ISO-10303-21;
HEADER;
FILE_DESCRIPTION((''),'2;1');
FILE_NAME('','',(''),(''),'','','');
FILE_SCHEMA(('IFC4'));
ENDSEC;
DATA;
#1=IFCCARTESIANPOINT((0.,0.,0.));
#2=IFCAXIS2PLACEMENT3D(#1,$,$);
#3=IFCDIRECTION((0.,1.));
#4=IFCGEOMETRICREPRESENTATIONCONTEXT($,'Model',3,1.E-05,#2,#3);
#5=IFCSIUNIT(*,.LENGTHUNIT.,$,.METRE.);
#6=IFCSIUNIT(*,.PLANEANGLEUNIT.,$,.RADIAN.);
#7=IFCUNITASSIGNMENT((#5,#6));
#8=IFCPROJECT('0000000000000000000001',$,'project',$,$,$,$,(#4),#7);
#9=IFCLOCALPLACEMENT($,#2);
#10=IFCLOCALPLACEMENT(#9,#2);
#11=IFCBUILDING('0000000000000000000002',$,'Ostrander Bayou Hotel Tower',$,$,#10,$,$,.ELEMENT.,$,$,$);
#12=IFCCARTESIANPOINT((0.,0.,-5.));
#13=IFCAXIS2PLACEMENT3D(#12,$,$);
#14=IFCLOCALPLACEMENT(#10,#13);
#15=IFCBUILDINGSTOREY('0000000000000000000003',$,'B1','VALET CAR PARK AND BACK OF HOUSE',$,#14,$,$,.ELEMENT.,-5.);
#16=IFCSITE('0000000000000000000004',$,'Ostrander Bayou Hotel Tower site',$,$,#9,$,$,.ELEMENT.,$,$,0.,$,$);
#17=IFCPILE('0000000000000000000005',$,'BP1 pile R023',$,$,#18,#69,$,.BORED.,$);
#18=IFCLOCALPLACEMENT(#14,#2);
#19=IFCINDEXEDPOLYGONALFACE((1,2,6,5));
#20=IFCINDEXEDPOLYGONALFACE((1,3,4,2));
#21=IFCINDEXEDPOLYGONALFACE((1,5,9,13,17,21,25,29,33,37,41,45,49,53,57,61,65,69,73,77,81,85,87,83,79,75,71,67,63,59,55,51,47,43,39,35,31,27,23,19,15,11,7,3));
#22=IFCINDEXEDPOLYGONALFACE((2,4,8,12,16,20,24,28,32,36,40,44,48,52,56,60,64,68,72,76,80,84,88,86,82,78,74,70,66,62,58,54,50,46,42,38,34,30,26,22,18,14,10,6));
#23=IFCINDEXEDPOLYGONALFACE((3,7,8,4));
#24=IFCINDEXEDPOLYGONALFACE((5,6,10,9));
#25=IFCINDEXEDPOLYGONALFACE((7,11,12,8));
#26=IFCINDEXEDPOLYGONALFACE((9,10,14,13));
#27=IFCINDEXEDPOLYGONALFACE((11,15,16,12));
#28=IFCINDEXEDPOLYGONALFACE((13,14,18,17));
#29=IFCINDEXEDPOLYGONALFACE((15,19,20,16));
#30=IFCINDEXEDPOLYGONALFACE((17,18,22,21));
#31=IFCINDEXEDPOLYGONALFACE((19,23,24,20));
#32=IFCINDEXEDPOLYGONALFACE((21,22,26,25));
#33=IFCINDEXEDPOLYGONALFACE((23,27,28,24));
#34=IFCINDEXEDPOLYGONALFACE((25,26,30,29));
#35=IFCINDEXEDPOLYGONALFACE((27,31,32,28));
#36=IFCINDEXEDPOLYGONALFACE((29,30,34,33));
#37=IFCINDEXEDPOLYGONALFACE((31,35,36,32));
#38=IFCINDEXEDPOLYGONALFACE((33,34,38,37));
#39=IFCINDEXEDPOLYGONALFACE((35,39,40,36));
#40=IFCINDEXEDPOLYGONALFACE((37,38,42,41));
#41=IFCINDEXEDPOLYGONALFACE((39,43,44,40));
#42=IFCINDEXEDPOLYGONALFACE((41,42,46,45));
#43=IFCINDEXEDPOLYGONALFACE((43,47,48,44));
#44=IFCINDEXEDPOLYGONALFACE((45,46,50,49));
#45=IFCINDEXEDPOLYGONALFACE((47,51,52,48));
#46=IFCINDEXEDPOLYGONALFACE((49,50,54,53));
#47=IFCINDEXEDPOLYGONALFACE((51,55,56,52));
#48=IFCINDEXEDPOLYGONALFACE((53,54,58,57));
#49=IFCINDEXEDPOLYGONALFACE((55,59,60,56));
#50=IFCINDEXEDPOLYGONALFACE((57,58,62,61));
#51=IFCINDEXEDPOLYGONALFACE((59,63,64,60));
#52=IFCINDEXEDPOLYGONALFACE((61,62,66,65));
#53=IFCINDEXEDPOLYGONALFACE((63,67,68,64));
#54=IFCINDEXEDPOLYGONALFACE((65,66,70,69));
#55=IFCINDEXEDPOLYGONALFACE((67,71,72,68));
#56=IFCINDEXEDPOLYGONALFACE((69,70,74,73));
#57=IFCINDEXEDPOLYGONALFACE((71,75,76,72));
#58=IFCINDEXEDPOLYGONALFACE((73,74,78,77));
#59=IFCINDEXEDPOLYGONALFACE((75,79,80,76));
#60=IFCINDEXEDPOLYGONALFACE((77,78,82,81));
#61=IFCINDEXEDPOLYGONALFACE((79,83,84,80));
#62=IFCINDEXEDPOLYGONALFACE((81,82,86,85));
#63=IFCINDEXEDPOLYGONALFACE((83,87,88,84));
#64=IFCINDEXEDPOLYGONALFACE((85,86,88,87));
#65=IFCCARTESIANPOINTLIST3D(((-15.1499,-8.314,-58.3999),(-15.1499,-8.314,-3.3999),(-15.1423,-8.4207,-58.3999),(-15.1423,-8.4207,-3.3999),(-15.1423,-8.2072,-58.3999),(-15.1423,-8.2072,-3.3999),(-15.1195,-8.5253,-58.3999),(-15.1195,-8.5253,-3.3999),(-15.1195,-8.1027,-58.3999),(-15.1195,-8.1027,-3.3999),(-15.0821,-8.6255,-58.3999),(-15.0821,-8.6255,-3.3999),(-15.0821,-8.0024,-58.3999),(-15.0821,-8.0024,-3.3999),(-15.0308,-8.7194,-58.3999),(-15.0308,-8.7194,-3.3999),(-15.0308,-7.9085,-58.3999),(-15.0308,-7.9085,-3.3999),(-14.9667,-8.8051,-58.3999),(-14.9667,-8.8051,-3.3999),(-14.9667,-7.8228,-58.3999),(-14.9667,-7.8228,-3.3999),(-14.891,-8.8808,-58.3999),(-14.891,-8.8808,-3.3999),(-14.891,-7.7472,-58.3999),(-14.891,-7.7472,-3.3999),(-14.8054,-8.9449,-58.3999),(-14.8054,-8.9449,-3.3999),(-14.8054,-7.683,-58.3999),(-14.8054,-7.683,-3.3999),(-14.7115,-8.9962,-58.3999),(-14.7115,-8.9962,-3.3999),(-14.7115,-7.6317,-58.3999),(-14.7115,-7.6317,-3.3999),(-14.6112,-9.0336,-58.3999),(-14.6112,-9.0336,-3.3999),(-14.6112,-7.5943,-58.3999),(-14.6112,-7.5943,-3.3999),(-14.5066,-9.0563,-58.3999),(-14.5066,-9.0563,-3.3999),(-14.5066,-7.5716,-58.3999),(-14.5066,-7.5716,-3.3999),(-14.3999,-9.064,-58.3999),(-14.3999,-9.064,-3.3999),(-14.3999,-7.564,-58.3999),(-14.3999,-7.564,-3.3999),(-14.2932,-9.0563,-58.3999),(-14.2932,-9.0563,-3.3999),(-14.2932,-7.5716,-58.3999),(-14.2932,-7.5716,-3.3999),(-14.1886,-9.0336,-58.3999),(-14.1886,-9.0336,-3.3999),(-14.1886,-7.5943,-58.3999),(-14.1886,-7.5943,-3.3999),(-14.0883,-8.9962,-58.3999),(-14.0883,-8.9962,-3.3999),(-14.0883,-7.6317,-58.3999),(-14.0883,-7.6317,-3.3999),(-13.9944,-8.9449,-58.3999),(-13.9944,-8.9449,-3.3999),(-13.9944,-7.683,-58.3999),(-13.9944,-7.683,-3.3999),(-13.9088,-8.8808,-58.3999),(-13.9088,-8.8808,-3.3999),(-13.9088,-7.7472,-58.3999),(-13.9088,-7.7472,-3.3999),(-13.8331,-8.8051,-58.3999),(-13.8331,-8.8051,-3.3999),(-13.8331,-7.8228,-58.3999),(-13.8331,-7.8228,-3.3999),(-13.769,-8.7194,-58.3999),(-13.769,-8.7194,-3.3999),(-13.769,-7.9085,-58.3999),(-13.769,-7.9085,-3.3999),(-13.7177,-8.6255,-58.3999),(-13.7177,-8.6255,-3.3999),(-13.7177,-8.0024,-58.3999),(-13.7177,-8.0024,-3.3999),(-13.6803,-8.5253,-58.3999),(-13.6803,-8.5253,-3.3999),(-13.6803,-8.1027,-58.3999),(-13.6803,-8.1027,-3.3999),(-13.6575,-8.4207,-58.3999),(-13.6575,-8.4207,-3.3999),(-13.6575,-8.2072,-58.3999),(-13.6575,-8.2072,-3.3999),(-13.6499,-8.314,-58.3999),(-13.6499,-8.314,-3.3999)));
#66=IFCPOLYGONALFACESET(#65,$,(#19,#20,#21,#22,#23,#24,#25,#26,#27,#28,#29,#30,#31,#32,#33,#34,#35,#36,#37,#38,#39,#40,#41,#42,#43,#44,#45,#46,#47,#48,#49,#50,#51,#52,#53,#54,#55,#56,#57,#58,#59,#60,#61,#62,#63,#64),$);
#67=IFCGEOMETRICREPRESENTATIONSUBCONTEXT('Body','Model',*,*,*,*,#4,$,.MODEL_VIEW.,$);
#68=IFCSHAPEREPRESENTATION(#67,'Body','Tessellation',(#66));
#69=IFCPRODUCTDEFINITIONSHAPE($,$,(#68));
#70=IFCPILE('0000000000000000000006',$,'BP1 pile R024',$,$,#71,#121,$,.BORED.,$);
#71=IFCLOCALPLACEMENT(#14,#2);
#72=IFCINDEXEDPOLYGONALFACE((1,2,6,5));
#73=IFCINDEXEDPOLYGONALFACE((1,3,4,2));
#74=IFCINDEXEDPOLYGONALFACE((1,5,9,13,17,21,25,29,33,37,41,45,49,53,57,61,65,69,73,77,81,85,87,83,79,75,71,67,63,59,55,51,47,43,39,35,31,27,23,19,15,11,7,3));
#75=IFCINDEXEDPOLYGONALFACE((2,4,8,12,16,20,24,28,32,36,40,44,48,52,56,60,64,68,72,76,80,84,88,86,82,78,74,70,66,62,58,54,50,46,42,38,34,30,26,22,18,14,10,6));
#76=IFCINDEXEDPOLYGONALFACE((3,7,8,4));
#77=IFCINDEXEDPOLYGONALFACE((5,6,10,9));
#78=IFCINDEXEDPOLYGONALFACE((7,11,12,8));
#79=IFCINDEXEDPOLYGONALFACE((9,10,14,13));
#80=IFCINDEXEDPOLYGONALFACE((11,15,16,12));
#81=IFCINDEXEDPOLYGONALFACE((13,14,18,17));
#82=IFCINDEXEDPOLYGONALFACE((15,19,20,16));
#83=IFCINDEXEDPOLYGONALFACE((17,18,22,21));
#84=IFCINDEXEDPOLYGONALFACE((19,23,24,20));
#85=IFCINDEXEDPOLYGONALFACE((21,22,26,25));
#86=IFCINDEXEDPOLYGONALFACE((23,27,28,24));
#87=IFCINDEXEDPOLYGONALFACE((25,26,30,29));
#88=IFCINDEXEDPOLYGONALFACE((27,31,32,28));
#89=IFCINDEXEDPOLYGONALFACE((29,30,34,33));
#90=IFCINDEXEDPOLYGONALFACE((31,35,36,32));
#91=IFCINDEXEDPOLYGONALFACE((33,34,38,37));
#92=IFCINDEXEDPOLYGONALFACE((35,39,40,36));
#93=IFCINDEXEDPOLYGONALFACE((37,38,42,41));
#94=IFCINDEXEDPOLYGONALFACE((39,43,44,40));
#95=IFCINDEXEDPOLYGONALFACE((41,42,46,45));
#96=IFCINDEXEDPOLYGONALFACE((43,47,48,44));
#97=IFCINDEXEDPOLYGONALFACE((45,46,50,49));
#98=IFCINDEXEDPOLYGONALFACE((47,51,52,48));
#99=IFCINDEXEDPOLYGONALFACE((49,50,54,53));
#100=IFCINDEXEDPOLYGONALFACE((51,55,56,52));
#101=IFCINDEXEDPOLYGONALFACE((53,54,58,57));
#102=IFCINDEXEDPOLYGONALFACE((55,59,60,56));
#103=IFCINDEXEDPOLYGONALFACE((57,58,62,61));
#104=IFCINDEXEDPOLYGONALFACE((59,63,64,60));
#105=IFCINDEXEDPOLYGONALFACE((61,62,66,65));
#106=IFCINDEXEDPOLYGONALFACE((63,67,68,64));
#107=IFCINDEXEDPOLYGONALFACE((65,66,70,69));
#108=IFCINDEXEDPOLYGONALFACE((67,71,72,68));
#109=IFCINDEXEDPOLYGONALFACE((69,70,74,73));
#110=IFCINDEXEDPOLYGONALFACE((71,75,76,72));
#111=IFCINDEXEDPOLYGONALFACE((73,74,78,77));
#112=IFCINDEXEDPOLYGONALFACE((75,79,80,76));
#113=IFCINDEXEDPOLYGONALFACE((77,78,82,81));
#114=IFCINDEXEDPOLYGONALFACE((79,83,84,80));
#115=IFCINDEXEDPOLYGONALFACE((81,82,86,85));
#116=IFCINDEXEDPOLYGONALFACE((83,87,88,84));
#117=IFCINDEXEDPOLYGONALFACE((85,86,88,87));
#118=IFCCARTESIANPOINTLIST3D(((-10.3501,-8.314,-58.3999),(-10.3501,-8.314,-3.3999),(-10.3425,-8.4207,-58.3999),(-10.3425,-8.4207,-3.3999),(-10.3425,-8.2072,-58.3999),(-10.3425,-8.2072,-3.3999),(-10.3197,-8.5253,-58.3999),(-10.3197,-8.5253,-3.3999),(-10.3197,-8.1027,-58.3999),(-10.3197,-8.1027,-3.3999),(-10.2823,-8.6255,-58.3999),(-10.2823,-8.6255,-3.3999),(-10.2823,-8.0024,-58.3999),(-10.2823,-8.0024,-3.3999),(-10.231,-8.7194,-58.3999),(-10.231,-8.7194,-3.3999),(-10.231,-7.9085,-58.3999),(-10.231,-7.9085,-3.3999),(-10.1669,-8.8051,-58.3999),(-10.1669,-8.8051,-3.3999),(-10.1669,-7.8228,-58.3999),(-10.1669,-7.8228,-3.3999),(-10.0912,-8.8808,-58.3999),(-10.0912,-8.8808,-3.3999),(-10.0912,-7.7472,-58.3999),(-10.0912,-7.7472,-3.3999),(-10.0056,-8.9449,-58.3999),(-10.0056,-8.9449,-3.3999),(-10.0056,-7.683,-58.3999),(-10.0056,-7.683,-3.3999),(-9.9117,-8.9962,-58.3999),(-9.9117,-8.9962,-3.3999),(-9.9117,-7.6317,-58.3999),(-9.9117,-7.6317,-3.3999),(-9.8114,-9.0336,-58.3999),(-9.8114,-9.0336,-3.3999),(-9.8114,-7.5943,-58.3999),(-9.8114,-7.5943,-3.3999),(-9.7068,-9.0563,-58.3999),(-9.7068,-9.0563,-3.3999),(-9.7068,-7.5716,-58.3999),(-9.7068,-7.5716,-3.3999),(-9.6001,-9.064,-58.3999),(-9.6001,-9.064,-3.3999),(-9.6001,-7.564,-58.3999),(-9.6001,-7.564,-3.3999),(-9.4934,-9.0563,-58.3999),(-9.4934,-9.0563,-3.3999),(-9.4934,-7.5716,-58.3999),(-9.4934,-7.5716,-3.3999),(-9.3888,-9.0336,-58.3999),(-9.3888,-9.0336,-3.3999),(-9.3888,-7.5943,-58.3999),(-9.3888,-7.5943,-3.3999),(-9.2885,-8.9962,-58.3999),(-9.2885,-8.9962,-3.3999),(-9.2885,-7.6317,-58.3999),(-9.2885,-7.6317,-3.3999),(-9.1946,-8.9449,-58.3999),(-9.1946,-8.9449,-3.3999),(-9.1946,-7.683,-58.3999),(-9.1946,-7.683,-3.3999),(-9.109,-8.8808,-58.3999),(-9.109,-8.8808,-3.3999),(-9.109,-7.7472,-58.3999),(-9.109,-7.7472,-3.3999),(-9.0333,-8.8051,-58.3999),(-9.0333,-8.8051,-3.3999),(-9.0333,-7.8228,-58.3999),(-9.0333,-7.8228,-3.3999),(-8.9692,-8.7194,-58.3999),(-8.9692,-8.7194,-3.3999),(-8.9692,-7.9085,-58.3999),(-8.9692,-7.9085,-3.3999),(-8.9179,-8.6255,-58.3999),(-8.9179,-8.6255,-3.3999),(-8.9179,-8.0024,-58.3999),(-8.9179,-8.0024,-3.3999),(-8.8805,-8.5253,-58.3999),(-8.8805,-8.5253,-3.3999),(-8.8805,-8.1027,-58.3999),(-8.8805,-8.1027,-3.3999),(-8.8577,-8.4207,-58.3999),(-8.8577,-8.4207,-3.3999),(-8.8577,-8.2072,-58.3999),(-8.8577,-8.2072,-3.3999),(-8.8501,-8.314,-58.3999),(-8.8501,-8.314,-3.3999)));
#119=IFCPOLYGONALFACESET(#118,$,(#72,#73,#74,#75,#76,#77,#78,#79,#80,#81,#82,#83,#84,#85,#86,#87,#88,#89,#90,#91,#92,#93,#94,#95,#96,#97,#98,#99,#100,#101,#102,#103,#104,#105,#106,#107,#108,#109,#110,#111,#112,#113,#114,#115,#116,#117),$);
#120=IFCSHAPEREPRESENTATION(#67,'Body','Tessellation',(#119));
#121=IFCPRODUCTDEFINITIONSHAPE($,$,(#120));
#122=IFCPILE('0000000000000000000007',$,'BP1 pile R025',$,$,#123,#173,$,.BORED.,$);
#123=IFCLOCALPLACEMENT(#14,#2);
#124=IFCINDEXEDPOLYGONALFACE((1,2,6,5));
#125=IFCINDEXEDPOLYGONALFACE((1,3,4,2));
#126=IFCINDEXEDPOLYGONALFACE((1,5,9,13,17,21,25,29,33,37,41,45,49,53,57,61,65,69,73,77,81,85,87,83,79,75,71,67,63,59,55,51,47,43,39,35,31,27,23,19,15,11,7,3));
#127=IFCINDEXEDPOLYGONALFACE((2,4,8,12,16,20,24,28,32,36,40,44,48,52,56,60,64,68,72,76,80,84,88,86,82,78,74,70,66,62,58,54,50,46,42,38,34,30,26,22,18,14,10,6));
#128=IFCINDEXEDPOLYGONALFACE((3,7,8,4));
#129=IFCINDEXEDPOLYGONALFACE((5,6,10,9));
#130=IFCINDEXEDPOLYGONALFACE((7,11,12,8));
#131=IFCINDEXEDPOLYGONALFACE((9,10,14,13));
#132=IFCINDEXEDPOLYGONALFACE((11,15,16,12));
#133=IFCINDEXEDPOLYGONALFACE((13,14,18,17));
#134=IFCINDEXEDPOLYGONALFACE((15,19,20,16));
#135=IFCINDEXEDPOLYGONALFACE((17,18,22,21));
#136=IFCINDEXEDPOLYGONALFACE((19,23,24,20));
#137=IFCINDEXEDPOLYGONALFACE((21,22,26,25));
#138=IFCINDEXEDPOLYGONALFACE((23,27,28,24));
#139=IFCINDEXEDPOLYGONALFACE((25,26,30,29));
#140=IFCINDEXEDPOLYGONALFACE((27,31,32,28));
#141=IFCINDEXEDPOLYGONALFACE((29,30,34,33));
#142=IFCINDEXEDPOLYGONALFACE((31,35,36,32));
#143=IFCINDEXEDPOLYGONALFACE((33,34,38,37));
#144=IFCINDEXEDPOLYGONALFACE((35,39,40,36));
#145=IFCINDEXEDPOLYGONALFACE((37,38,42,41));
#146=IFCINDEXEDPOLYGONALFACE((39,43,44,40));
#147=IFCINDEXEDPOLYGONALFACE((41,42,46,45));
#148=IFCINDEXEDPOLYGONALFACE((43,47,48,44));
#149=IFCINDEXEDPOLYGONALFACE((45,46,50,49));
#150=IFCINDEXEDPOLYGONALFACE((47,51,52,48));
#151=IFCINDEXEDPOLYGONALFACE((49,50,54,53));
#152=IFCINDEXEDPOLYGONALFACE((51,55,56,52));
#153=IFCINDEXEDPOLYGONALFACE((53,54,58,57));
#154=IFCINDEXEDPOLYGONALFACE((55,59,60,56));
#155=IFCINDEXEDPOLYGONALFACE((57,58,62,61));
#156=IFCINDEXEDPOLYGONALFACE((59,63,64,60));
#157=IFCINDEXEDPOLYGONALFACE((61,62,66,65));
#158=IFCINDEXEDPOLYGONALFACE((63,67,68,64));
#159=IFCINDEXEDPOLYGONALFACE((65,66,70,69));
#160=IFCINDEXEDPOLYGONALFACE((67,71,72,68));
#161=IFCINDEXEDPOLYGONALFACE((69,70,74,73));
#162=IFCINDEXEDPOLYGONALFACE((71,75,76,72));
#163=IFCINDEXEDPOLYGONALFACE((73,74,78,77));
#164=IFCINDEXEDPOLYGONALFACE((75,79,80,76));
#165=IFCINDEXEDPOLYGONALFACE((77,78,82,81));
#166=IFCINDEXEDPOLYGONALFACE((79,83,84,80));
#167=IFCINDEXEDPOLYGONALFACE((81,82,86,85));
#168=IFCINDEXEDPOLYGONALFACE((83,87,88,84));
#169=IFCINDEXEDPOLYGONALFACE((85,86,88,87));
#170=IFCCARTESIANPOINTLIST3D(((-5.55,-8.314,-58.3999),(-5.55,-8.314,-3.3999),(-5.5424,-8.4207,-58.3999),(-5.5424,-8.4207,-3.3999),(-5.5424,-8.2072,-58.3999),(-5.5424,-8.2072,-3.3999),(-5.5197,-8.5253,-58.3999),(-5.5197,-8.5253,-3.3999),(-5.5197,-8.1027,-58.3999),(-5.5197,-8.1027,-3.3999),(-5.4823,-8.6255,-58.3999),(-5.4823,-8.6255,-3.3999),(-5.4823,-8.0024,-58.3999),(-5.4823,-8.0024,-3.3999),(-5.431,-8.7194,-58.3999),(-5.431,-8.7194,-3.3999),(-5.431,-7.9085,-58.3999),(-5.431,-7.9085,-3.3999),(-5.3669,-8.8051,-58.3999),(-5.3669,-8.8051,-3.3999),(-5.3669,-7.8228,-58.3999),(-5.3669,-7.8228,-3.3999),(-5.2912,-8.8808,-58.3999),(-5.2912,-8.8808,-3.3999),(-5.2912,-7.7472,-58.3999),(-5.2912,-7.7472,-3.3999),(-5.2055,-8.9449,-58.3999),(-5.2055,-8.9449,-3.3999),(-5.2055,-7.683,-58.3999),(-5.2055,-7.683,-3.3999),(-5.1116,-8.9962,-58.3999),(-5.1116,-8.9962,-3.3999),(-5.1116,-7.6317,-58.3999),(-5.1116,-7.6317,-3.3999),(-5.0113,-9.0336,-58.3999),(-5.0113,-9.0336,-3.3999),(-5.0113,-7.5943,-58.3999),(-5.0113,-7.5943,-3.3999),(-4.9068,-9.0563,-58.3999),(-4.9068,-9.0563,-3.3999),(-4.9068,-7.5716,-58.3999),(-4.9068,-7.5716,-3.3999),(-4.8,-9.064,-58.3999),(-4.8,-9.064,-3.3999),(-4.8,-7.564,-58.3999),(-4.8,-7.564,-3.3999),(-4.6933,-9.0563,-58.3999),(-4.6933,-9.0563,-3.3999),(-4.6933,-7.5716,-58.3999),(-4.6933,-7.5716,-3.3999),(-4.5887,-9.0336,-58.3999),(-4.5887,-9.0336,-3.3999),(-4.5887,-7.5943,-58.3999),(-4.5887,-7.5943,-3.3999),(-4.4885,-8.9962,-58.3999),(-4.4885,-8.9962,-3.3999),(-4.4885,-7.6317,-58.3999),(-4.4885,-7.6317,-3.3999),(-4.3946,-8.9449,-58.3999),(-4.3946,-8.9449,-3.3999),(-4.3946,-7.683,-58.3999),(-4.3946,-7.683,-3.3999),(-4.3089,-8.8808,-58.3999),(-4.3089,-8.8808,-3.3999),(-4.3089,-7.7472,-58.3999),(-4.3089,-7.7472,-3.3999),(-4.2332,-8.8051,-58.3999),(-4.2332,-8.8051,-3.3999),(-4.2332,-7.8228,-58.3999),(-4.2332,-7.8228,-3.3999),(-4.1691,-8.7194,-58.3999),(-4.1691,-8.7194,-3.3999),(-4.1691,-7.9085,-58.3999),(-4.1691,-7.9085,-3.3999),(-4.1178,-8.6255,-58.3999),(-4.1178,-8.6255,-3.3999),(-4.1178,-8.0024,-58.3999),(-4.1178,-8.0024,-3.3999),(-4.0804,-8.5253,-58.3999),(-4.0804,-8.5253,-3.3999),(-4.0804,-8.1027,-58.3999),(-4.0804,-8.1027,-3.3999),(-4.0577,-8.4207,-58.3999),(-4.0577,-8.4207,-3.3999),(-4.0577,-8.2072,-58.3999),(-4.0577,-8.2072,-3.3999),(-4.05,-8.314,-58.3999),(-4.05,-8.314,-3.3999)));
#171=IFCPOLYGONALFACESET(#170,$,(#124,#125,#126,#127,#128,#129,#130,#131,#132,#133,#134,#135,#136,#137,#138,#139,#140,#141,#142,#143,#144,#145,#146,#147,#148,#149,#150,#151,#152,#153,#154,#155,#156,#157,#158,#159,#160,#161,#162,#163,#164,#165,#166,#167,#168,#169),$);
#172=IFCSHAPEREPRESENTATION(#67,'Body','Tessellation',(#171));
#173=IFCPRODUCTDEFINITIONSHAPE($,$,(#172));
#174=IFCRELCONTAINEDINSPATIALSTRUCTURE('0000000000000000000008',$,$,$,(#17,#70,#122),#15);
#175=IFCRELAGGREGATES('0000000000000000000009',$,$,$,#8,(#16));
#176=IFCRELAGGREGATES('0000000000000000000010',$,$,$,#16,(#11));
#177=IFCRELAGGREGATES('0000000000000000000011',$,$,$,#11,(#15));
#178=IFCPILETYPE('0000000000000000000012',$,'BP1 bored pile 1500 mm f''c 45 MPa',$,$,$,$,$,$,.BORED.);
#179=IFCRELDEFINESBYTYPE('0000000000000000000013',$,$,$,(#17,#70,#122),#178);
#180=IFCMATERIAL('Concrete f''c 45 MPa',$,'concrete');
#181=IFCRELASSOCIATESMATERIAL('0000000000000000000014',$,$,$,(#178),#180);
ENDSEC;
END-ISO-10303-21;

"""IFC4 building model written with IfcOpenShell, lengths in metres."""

from ifc_helpers import new_model, si_unit, direction, frame, origin, origin_2d, place, context, subcontext, project, spatial, circle, extrude, material, material_profile, profile_set, type_object, element, save


model = new_model("IFC4")

# Units and contexts
model_context = context("Model", 3, precision=1e-05, world=origin(), true_north=direction((0.0, 1.0)))
body_context = subcontext(model_context, "Body", "Model", "MODEL_VIEW")
ifc_project = project(units=[si_unit("LENGTHUNIT", "METRE"), si_unit("PLANEANGLEUNIT", "RADIAN")], contexts=[model_context])

# Site, building, storey
site_placement = place(None, origin())
site = spatial("IfcSite", under=ifc_project, at=site_placement, Name="Ostrander Bayou Hotel Tower site", CompositionType="ELEMENT", RefElevation=0.0)
building_placement = place(site_placement, origin())
building = spatial("IfcBuilding", under=site, at=building_placement, Name="Ostrander Bayou Hotel Tower", CompositionType="ELEMENT")
storey_placement = place(building_placement, frame((0.0, 0.0, -5.0)))
storey = spatial("IfcBuildingStorey", under=building, at=storey_placement, Name="B1", Description="VALET CAR PARK AND BACK OF HOUSE", CompositionType="ELEMENT", Elevation=-5.0)

# Piles
ifc_material_1 = material(Name="Concrete f'c 45 MPa", Category="concrete")
ifc_material_profile_1 = material_profile(ifc_material_1, circle(Radius=0.75, at=origin_2d()))
ifc_profile_set_1 = profile_set([ifc_material_profile_1], Name="Concrete f'c 45 MPa")
pile_type = type_object("IfcPileType", Name="BP1 bored pile 1500 mm f'c 45 MPa", PredefinedType="BORED", material=ifc_profile_set_1)
for number, where, z_axis, x_axis, name in (
    (1, (-14.3999, -8.314, -3.3999), (0.0, 0.0, -1.0), (1.0, 0.0, 0.0), "BP1 pile R023"),
    (2, (-9.6001, -8.314, -3.3999), (0.0, 0.0, -1.0), (1.0, 0.0, 0.0), "BP1 pile R024"),
    (3, (-4.8, -8.314, -3.3999), (0.0, 0.0, -1.0), (1.0, 0.0, 0.0), "BP1 pile R025"),
):
    element("IfcPile", number, at=place(storey_placement, frame(where, z_axis=z_axis, x_axis=x_axis)), inside=storey, type_object=pile_type, Name=name, PredefinedType="BORED", context=body_context, shape_type="SweptSolid", body=[
        extrude(circle(Radius=0.75, at=origin_2d()), origin(), (0.0, 0.0, 1.0), 55.0),
    ])

save(model, "model.ifc")
